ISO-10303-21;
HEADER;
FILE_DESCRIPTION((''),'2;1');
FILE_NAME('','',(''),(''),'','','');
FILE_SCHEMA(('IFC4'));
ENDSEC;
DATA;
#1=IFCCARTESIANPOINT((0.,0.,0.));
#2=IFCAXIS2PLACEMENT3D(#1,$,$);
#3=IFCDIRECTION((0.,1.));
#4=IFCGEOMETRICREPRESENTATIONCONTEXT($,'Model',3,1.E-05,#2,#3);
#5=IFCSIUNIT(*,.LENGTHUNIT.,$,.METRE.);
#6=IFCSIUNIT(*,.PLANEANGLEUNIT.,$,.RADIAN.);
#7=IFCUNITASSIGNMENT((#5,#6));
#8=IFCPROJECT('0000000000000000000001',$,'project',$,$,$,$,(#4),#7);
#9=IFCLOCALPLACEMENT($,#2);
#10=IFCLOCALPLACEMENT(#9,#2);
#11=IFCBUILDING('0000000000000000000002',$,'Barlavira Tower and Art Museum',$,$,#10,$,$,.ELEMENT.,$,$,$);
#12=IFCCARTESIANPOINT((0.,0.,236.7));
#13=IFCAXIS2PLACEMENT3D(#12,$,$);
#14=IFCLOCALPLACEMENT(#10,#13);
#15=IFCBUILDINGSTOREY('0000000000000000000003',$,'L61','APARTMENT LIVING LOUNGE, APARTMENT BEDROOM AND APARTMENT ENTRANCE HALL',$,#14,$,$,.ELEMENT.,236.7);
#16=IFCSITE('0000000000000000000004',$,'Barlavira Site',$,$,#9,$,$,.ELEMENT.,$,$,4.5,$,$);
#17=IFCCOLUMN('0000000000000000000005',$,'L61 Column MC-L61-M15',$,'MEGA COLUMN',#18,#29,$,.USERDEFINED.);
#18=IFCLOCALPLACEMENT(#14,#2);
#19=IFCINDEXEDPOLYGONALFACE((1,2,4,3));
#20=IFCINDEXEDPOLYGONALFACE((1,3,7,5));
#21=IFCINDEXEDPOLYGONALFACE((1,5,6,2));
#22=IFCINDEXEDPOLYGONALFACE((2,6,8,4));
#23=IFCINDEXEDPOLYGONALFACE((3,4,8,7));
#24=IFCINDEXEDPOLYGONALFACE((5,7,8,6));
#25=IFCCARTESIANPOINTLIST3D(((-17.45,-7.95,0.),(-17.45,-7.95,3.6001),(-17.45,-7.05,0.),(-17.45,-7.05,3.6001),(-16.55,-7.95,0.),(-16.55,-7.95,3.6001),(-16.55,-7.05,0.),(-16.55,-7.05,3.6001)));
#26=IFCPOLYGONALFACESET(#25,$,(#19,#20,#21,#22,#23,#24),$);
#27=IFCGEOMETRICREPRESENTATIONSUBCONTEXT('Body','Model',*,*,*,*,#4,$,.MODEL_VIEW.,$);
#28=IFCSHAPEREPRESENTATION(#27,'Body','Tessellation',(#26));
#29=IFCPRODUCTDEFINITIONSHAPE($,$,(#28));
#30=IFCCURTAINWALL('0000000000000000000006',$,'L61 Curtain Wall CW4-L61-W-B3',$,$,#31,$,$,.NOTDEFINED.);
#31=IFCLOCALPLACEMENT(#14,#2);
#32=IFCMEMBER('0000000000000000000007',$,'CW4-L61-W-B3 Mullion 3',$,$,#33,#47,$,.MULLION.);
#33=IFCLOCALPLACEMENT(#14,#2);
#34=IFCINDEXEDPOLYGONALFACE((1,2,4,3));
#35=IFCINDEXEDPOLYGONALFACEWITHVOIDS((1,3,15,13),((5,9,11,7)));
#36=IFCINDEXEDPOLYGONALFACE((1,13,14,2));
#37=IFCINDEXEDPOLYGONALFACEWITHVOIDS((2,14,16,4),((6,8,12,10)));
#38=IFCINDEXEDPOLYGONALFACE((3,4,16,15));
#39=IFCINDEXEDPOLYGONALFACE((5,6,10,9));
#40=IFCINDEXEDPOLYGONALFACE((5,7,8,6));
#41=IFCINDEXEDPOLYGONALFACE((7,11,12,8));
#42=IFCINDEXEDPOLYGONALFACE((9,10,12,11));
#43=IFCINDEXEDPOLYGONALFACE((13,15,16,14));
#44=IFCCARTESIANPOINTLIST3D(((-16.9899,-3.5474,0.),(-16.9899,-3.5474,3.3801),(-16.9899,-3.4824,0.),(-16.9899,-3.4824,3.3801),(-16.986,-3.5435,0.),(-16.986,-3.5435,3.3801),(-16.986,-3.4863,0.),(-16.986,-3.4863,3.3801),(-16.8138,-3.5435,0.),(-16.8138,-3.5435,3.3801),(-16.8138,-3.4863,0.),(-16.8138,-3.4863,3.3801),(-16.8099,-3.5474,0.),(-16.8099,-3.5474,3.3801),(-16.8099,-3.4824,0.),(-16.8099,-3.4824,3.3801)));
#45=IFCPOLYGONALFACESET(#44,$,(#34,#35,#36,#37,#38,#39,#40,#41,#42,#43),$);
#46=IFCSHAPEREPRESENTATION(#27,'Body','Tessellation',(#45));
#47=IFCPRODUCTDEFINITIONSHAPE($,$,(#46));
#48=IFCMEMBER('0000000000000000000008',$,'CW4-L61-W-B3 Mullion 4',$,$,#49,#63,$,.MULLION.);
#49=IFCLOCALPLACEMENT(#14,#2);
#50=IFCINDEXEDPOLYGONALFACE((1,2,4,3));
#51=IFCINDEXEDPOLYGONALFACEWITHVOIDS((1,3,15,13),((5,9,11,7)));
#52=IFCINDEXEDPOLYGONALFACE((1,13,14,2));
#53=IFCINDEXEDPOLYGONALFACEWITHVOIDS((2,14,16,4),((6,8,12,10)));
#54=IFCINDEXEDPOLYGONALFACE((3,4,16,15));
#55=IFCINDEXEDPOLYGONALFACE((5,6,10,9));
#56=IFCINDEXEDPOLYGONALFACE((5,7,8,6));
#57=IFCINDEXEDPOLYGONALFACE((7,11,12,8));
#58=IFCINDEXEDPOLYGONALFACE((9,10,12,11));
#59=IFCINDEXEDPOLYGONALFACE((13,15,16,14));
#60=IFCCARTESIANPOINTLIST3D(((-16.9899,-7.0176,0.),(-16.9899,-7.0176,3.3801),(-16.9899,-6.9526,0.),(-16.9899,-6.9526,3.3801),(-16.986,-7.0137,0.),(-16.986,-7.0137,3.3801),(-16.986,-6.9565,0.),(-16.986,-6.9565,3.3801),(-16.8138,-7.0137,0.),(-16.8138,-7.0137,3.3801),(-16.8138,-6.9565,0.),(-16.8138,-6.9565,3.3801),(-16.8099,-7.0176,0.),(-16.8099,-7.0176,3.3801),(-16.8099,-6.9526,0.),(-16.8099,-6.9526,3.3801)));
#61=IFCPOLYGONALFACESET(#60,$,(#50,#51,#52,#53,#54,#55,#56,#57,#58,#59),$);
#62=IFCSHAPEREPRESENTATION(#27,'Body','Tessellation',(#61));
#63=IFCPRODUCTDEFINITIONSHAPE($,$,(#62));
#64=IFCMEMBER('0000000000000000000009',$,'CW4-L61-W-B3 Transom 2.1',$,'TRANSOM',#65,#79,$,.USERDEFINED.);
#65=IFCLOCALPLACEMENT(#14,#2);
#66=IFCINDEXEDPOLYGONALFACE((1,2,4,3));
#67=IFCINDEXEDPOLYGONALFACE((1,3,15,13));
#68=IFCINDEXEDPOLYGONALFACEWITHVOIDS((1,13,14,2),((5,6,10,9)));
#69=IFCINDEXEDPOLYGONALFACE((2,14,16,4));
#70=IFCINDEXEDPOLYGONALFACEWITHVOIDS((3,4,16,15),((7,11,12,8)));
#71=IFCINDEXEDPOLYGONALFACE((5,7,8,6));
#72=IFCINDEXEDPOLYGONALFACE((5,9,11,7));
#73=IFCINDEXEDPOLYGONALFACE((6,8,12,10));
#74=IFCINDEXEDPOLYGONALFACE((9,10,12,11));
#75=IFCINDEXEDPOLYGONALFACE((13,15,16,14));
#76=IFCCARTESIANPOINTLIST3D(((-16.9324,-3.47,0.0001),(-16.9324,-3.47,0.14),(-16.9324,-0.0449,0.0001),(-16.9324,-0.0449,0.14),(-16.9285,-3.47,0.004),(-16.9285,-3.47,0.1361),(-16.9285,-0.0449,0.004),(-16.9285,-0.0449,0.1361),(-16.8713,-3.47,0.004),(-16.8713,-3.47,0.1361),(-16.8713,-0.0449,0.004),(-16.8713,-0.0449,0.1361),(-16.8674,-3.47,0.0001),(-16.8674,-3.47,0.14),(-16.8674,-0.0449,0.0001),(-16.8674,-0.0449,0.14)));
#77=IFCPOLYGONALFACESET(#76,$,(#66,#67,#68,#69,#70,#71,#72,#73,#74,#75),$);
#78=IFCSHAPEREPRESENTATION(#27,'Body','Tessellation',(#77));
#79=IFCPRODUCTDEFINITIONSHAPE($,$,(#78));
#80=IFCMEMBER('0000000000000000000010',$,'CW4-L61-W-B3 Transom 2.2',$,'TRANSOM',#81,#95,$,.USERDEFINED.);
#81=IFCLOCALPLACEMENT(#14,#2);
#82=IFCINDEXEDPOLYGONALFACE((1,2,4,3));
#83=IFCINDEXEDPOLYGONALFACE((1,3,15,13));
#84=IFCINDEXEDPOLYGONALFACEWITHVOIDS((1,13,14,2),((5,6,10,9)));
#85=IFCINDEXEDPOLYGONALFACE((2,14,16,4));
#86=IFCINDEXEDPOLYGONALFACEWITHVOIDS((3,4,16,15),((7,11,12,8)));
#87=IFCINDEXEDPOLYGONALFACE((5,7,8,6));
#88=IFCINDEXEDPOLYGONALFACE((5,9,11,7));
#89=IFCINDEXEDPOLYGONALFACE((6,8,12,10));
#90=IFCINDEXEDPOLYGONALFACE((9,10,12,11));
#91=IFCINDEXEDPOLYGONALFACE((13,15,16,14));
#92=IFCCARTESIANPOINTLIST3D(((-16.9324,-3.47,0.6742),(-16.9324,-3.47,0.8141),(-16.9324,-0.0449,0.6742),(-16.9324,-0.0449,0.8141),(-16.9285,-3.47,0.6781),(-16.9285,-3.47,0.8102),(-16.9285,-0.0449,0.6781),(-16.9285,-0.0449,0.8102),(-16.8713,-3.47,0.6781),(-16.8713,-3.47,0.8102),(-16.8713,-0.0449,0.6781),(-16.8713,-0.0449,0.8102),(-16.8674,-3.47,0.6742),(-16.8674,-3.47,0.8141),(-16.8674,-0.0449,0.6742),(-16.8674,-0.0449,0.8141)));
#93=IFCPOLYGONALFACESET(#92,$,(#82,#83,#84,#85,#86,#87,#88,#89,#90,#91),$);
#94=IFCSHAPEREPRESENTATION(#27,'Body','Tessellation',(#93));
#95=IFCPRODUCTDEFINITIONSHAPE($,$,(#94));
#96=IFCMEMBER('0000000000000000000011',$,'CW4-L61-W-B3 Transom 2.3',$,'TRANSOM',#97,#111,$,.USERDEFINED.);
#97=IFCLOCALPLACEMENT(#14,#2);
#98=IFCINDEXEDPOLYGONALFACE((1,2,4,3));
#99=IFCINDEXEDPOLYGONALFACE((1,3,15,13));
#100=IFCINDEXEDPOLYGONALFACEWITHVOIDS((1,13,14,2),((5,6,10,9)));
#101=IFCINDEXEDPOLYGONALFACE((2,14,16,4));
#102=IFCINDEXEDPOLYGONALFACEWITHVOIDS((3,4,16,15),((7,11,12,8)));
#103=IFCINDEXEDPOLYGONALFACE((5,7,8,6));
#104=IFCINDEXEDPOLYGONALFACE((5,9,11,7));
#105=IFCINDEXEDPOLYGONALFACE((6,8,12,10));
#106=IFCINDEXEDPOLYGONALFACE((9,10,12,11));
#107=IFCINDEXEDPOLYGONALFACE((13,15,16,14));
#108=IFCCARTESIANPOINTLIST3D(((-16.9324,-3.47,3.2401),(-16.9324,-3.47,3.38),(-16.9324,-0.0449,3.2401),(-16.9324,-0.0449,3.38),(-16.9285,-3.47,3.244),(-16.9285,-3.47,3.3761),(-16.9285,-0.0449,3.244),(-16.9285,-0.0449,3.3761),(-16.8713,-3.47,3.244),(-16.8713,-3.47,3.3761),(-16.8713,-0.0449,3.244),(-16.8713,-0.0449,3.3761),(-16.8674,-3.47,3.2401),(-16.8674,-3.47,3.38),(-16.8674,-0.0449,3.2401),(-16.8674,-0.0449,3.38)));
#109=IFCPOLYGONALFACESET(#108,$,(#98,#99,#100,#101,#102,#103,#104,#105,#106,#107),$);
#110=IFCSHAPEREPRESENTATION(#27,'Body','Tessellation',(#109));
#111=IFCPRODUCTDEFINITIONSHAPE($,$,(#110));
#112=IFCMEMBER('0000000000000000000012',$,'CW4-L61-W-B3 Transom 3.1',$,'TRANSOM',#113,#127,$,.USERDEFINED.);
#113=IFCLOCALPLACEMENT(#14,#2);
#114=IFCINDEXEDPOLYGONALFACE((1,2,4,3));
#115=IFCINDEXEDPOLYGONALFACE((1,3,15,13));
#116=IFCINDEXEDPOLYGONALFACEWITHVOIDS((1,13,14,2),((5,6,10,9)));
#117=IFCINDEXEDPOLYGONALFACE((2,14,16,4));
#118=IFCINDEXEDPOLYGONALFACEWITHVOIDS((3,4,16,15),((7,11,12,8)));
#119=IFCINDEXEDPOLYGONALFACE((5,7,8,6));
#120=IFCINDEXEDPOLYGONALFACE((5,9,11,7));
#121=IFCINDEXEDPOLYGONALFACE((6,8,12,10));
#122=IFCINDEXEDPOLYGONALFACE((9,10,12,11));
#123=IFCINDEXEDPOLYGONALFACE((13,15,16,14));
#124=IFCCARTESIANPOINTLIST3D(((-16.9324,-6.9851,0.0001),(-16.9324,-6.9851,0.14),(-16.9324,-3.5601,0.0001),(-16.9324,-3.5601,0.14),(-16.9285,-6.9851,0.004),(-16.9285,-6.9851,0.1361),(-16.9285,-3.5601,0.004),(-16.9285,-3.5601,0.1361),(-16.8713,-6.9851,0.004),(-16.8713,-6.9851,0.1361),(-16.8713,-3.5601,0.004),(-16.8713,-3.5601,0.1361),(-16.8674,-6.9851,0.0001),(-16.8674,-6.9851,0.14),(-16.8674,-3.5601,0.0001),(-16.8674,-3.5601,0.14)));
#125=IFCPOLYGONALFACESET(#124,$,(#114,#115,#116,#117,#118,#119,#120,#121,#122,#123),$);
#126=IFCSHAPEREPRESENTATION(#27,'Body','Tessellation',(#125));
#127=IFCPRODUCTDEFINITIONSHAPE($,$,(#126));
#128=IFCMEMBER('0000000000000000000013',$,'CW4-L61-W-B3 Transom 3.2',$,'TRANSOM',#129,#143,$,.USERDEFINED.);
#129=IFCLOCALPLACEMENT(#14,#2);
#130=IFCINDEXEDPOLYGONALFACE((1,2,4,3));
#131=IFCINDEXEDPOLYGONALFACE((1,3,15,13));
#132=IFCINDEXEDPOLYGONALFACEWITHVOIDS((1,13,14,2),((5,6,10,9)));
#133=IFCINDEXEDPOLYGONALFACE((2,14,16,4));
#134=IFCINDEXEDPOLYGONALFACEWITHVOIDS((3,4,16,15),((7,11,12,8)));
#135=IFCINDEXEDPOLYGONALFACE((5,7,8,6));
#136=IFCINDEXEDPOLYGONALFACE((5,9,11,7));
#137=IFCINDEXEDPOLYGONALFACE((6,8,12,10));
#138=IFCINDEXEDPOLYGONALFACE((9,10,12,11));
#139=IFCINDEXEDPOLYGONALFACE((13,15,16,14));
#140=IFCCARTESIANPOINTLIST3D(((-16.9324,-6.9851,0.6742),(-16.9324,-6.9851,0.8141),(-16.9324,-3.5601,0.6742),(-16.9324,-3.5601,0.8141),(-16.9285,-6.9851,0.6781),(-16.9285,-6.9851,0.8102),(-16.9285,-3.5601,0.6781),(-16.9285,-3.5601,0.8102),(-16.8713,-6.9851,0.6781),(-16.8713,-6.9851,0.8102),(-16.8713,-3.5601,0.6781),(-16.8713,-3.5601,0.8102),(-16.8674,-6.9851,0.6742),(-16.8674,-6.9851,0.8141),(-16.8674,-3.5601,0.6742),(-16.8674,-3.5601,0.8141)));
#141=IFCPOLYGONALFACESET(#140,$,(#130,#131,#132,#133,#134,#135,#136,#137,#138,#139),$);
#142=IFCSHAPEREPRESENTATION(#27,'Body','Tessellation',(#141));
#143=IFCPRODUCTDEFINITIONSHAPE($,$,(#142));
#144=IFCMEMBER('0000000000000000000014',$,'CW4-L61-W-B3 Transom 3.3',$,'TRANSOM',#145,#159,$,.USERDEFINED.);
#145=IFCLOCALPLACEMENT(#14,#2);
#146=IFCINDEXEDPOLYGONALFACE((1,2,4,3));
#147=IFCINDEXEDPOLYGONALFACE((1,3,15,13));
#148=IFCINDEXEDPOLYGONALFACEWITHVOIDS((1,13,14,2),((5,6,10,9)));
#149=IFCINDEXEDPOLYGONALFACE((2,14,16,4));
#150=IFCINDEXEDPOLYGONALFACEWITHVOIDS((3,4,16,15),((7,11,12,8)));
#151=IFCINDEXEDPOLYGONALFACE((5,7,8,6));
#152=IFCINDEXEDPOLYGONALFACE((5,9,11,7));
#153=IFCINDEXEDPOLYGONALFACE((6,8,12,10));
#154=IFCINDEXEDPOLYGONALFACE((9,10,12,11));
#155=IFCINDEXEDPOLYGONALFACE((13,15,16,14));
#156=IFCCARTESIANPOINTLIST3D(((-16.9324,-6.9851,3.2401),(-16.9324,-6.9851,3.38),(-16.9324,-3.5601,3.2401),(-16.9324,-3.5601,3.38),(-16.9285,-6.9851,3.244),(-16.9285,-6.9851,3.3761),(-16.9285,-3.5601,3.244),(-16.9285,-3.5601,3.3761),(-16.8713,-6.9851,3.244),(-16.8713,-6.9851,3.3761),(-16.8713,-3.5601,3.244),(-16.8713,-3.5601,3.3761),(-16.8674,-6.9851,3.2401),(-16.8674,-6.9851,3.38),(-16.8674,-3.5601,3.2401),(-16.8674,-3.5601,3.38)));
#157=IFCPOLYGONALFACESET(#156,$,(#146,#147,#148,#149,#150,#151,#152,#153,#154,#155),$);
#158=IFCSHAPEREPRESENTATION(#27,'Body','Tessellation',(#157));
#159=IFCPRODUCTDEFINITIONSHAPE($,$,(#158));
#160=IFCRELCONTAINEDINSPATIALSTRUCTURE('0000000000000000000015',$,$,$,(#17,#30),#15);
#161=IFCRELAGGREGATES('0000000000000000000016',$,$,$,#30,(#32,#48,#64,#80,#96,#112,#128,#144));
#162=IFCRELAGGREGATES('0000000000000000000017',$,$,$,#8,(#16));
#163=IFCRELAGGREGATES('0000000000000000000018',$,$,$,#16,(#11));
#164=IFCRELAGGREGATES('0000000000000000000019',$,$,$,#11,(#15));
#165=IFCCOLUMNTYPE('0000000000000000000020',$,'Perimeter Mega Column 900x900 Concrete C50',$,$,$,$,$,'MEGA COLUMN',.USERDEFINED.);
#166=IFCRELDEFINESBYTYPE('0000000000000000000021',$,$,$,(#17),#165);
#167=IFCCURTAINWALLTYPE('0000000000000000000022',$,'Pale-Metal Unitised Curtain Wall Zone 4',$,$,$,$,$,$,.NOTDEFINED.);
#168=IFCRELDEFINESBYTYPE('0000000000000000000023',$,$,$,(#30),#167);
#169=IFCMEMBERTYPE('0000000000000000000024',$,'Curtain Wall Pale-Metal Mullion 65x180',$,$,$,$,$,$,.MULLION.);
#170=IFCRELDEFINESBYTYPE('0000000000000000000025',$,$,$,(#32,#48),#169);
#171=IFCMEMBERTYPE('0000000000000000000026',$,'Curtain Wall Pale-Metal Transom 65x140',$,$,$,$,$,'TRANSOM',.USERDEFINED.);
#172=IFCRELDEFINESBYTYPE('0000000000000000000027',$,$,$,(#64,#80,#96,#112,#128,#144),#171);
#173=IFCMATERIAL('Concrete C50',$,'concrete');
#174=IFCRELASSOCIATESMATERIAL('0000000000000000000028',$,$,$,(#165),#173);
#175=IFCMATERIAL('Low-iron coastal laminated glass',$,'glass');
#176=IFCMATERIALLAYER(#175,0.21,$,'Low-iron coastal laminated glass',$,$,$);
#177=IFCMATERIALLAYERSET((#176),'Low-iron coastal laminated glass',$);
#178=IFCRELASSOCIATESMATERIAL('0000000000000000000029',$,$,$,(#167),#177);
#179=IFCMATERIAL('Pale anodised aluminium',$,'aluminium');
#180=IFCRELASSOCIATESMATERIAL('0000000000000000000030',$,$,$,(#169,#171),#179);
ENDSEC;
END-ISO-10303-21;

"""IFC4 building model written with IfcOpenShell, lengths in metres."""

from ifc_helpers import new_model, si_unit, direction, frame, origin, origin_2d, place, context, subcontext, project, spatial, rectangle, hollow_rectangle, extrude, material, layer, layer_set, material_profile, profile_set, type_object, element, aggregate, save


model = new_model("IFC4")

# Units and contexts
model_context = context("Model", 3, precision=1e-05, world=origin(), true_north=direction((0.0, 1.0)))
body_context = subcontext(model_context, "Body", "Model", "MODEL_VIEW")
ifc_project = project(units=[si_unit("LENGTHUNIT", "METRE"), si_unit("PLANEANGLEUNIT", "RADIAN")], contexts=[model_context])

# Site, building, storey
site_placement = place(None, origin())
site = spatial("IfcSite", under=ifc_project, at=site_placement, Name="Barlavira Site", CompositionType="ELEMENT", RefElevation=4.5)
building_placement = place(site_placement, origin())
building = spatial("IfcBuilding", under=site, at=building_placement, Name="Barlavira Tower and Art Museum", CompositionType="ELEMENT")
storey_placement = place(building_placement, frame((0.0, 0.0, 236.7)))
storey = spatial("IfcBuildingStorey", under=building, at=storey_placement, Name="L61", Description="APARTMENT LIVING LOUNGE, APARTMENT BEDROOM AND APARTMENT ENTRANCE HALL", CompositionType="ELEMENT", Elevation=236.7)

# Column
ifc_material_1 = material(Name="Concrete C50", Category="concrete")
ifc_material_profile_1 = material_profile(ifc_material_1, rectangle(XDim=0.8999, YDim=0.8999, at=origin_2d()), Name="RC-COL 900x900")
ifc_profile_set_1 = profile_set([ifc_material_profile_1], Name="Concrete C50")
column_type = type_object("IfcColumnType", Name="Perimeter Mega Column 900x900 Concrete C50", ElementType="MEGA COLUMN", PredefinedType="USERDEFINED", material=ifc_profile_set_1)
column_placement = place(storey_placement, frame((-17.0, -7.5, 0.0), z_axis=(0.0, 0.0, 1.0), x_axis=(1.0, 0.0, 0.0)))
element("IfcColumn", 1, at=column_placement, inside=storey, type_object=column_type, Name="L61 Column MC-L61-M15", ObjectType="MEGA COLUMN", PredefinedType="USERDEFINED", context=body_context, shape_type="SweptSolid", body=[
    extrude(rectangle(XDim=0.8999, YDim=0.8999, at=origin_2d()), origin(), (0.0, 0.0, 1.0), 3.6001),
])

# Curtain wall, members
ifc_material_2 = material(Name="Low-iron coastal laminated glass", Category="glass")
ifc_layer_1 = layer(ifc_material_2, 0.21, Name="Low-iron coastal laminated glass")
ifc_layer_set_1 = layer_set([ifc_layer_1], Name="Low-iron coastal laminated glass")
curtain_wall_type = type_object("IfcCurtainWallType", Name="Pale-Metal Unitised Curtain Wall Zone 4", PredefinedType="NOTDEFINED", material=ifc_layer_set_1)
curtain_wall_placement = place(storey_placement, origin())
curtain_wall = element("IfcCurtainWall", 2, at=curtain_wall_placement, inside=storey, type_object=curtain_wall_type, Name="L61 Curtain Wall CW4-L61-W-B3", PredefinedType="NOTDEFINED")
ifc_material_3 = material(Name="Pale anodised aluminium", Category="aluminium")
ifc_material_profile_2 = material_profile(ifc_material_3, hollow_rectangle(XDim=0.0649, YDim=0.1799, WallThickness=0.0039, at=origin_2d()), Name="ALU-MULL 65x180x4")
ifc_profile_set_2 = profile_set([ifc_material_profile_2], Name="Pale anodised aluminium")
member_type_1 = type_object("IfcMemberType", Name="Curtain Wall Pale-Metal Mullion 65x180", PredefinedType="MULLION", material=ifc_profile_set_2)
member_1_placement = place(storey_placement, frame((-16.8999, -3.5149, 0.0), z_axis=(0.0, 0.0, 1.0), x_axis=(0.0, -1.0, 0.0)))
member_1 = element("IfcMember", 3, at=member_1_placement, type_object=member_type_1, Name="CW4-L61-W-B3 Mullion 3", PredefinedType="MULLION", context=body_context, shape_type="SweptSolid", body=[
    extrude(hollow_rectangle(XDim=0.0649, YDim=0.1799, WallThickness=0.0039, at=origin_2d()), origin(), (0.0, 0.0, 1.0), 3.3801),
])
member_2_placement = place(storey_placement, frame((-16.8999, -6.9851, 0.0), z_axis=(0.0, 0.0, 1.0), x_axis=(0.0, -1.0, 0.0)))
member_2 = element("IfcMember", 4, at=member_2_placement, type_object=member_type_1, Name="CW4-L61-W-B3 Mullion 4", PredefinedType="MULLION", context=body_context, shape_type="SweptSolid", body=[
    extrude(hollow_rectangle(XDim=0.0649, YDim=0.1799, WallThickness=0.0039, at=origin_2d()), origin(), (0.0, 0.0, 1.0), 3.3801),
])
ifc_material_profile_3 = material_profile(ifc_material_3, hollow_rectangle(XDim=0.0649, YDim=0.1399, WallThickness=0.0039, at=origin_2d()), Name="ALU-TRAN 65x140x4")
ifc_profile_set_3 = profile_set([ifc_material_profile_3], Name="Pale anodised aluminium")
member_type_2 = type_object("IfcMemberType", Name="Curtain Wall Pale-Metal Transom 65x140", ElementType="TRANSOM", PredefinedType="USERDEFINED", material=ifc_profile_set_3)
member_3_placement = place(storey_placement, frame((-16.8999, -0.0449, 0.0701), z_axis=(0.0, -1.0, 0.0), x_axis=(1.0, 0.0, 0.0)))
member_3 = element("IfcMember", 5, at=member_3_placement, type_object=member_type_2, Name="CW4-L61-W-B3 Transom 2.1", ObjectType="TRANSOM", PredefinedType="USERDEFINED", context=body_context, shape_type="SweptSolid", body=[
    extrude(hollow_rectangle(XDim=0.0649, YDim=0.1399, WallThickness=0.0039, at=origin_2d()), origin(), (0.0, 0.0, 1.0), 3.425),
])
member_4_placement = place(storey_placement, frame((-16.8999, -0.0449, 0.7441), z_axis=(0.0, -1.0, 0.0), x_axis=(1.0, 0.0, 0.0)))
member_4 = element("IfcMember", 6, at=member_4_placement, type_object=member_type_2, Name="CW4-L61-W-B3 Transom 2.2", ObjectType="TRANSOM", PredefinedType="USERDEFINED", context=body_context, shape_type="SweptSolid", body=[
    extrude(hollow_rectangle(XDim=0.0649, YDim=0.1399, WallThickness=0.0039, at=origin_2d()), origin(), (0.0, 0.0, 1.0), 3.425),
])
member_5_placement = place(storey_placement, frame((-16.8999, -0.0449, 3.3101), z_axis=(0.0, -1.0, 0.0), x_axis=(1.0, 0.0, 0.0)))
member_5 = element("IfcMember", 7, at=member_5_placement, type_object=member_type_2, Name="CW4-L61-W-B3 Transom 2.3", ObjectType="TRANSOM", PredefinedType="USERDEFINED", context=body_context, shape_type="SweptSolid", body=[
    extrude(hollow_rectangle(XDim=0.0649, YDim=0.1399, WallThickness=0.0039, at=origin_2d()), origin(), (0.0, 0.0, 1.0), 3.425),
])
member_6_placement = place(storey_placement, frame((-16.8999, -3.5601, 0.0701), z_axis=(0.0, -1.0, 0.0), x_axis=(1.0, 0.0, 0.0)))
member_6 = element("IfcMember", 8, at=member_6_placement, type_object=member_type_2, Name="CW4-L61-W-B3 Transom 3.1", ObjectType="TRANSOM", PredefinedType="USERDEFINED", context=body_context, shape_type="SweptSolid", body=[
    extrude(hollow_rectangle(XDim=0.0649, YDim=0.1399, WallThickness=0.0039, at=origin_2d()), origin(), (0.0, 0.0, 1.0), 3.425),
])
member_7_placement = place(storey_placement, frame((-16.8999, -3.5601, 0.7441), z_axis=(0.0, -1.0, 0.0), x_axis=(1.0, 0.0, 0.0)))
member_7 = element("IfcMember", 9, at=member_7_placement, type_object=member_type_2, Name="CW4-L61-W-B3 Transom 3.2", ObjectType="TRANSOM", PredefinedType="USERDEFINED", context=body_context, shape_type="SweptSolid", body=[
    extrude(hollow_rectangle(XDim=0.0649, YDim=0.1399, WallThickness=0.0039, at=origin_2d()), origin(), (0.0, 0.0, 1.0), 3.425),
])
member_8_placement = place(storey_placement, frame((-16.8999, -3.5601, 3.3101), z_axis=(0.0, -1.0, 0.0), x_axis=(1.0, 0.0, 0.0)))
member_8 = element("IfcMember", 10, at=member_8_placement, type_object=member_type_2, Name="CW4-L61-W-B3 Transom 3.3", ObjectType="TRANSOM", PredefinedType="USERDEFINED", context=body_context, shape_type="SweptSolid", body=[
    extrude(hollow_rectangle(XDim=0.0649, YDim=0.1399, WallThickness=0.0039, at=origin_2d()), origin(), (0.0, 0.0, 1.0), 3.425),
])

aggregate(curtain_wall, [member_1, member_2, member_3, member_4, member_5, member_6, member_7, member_8])

save(model, "model.ifc")
